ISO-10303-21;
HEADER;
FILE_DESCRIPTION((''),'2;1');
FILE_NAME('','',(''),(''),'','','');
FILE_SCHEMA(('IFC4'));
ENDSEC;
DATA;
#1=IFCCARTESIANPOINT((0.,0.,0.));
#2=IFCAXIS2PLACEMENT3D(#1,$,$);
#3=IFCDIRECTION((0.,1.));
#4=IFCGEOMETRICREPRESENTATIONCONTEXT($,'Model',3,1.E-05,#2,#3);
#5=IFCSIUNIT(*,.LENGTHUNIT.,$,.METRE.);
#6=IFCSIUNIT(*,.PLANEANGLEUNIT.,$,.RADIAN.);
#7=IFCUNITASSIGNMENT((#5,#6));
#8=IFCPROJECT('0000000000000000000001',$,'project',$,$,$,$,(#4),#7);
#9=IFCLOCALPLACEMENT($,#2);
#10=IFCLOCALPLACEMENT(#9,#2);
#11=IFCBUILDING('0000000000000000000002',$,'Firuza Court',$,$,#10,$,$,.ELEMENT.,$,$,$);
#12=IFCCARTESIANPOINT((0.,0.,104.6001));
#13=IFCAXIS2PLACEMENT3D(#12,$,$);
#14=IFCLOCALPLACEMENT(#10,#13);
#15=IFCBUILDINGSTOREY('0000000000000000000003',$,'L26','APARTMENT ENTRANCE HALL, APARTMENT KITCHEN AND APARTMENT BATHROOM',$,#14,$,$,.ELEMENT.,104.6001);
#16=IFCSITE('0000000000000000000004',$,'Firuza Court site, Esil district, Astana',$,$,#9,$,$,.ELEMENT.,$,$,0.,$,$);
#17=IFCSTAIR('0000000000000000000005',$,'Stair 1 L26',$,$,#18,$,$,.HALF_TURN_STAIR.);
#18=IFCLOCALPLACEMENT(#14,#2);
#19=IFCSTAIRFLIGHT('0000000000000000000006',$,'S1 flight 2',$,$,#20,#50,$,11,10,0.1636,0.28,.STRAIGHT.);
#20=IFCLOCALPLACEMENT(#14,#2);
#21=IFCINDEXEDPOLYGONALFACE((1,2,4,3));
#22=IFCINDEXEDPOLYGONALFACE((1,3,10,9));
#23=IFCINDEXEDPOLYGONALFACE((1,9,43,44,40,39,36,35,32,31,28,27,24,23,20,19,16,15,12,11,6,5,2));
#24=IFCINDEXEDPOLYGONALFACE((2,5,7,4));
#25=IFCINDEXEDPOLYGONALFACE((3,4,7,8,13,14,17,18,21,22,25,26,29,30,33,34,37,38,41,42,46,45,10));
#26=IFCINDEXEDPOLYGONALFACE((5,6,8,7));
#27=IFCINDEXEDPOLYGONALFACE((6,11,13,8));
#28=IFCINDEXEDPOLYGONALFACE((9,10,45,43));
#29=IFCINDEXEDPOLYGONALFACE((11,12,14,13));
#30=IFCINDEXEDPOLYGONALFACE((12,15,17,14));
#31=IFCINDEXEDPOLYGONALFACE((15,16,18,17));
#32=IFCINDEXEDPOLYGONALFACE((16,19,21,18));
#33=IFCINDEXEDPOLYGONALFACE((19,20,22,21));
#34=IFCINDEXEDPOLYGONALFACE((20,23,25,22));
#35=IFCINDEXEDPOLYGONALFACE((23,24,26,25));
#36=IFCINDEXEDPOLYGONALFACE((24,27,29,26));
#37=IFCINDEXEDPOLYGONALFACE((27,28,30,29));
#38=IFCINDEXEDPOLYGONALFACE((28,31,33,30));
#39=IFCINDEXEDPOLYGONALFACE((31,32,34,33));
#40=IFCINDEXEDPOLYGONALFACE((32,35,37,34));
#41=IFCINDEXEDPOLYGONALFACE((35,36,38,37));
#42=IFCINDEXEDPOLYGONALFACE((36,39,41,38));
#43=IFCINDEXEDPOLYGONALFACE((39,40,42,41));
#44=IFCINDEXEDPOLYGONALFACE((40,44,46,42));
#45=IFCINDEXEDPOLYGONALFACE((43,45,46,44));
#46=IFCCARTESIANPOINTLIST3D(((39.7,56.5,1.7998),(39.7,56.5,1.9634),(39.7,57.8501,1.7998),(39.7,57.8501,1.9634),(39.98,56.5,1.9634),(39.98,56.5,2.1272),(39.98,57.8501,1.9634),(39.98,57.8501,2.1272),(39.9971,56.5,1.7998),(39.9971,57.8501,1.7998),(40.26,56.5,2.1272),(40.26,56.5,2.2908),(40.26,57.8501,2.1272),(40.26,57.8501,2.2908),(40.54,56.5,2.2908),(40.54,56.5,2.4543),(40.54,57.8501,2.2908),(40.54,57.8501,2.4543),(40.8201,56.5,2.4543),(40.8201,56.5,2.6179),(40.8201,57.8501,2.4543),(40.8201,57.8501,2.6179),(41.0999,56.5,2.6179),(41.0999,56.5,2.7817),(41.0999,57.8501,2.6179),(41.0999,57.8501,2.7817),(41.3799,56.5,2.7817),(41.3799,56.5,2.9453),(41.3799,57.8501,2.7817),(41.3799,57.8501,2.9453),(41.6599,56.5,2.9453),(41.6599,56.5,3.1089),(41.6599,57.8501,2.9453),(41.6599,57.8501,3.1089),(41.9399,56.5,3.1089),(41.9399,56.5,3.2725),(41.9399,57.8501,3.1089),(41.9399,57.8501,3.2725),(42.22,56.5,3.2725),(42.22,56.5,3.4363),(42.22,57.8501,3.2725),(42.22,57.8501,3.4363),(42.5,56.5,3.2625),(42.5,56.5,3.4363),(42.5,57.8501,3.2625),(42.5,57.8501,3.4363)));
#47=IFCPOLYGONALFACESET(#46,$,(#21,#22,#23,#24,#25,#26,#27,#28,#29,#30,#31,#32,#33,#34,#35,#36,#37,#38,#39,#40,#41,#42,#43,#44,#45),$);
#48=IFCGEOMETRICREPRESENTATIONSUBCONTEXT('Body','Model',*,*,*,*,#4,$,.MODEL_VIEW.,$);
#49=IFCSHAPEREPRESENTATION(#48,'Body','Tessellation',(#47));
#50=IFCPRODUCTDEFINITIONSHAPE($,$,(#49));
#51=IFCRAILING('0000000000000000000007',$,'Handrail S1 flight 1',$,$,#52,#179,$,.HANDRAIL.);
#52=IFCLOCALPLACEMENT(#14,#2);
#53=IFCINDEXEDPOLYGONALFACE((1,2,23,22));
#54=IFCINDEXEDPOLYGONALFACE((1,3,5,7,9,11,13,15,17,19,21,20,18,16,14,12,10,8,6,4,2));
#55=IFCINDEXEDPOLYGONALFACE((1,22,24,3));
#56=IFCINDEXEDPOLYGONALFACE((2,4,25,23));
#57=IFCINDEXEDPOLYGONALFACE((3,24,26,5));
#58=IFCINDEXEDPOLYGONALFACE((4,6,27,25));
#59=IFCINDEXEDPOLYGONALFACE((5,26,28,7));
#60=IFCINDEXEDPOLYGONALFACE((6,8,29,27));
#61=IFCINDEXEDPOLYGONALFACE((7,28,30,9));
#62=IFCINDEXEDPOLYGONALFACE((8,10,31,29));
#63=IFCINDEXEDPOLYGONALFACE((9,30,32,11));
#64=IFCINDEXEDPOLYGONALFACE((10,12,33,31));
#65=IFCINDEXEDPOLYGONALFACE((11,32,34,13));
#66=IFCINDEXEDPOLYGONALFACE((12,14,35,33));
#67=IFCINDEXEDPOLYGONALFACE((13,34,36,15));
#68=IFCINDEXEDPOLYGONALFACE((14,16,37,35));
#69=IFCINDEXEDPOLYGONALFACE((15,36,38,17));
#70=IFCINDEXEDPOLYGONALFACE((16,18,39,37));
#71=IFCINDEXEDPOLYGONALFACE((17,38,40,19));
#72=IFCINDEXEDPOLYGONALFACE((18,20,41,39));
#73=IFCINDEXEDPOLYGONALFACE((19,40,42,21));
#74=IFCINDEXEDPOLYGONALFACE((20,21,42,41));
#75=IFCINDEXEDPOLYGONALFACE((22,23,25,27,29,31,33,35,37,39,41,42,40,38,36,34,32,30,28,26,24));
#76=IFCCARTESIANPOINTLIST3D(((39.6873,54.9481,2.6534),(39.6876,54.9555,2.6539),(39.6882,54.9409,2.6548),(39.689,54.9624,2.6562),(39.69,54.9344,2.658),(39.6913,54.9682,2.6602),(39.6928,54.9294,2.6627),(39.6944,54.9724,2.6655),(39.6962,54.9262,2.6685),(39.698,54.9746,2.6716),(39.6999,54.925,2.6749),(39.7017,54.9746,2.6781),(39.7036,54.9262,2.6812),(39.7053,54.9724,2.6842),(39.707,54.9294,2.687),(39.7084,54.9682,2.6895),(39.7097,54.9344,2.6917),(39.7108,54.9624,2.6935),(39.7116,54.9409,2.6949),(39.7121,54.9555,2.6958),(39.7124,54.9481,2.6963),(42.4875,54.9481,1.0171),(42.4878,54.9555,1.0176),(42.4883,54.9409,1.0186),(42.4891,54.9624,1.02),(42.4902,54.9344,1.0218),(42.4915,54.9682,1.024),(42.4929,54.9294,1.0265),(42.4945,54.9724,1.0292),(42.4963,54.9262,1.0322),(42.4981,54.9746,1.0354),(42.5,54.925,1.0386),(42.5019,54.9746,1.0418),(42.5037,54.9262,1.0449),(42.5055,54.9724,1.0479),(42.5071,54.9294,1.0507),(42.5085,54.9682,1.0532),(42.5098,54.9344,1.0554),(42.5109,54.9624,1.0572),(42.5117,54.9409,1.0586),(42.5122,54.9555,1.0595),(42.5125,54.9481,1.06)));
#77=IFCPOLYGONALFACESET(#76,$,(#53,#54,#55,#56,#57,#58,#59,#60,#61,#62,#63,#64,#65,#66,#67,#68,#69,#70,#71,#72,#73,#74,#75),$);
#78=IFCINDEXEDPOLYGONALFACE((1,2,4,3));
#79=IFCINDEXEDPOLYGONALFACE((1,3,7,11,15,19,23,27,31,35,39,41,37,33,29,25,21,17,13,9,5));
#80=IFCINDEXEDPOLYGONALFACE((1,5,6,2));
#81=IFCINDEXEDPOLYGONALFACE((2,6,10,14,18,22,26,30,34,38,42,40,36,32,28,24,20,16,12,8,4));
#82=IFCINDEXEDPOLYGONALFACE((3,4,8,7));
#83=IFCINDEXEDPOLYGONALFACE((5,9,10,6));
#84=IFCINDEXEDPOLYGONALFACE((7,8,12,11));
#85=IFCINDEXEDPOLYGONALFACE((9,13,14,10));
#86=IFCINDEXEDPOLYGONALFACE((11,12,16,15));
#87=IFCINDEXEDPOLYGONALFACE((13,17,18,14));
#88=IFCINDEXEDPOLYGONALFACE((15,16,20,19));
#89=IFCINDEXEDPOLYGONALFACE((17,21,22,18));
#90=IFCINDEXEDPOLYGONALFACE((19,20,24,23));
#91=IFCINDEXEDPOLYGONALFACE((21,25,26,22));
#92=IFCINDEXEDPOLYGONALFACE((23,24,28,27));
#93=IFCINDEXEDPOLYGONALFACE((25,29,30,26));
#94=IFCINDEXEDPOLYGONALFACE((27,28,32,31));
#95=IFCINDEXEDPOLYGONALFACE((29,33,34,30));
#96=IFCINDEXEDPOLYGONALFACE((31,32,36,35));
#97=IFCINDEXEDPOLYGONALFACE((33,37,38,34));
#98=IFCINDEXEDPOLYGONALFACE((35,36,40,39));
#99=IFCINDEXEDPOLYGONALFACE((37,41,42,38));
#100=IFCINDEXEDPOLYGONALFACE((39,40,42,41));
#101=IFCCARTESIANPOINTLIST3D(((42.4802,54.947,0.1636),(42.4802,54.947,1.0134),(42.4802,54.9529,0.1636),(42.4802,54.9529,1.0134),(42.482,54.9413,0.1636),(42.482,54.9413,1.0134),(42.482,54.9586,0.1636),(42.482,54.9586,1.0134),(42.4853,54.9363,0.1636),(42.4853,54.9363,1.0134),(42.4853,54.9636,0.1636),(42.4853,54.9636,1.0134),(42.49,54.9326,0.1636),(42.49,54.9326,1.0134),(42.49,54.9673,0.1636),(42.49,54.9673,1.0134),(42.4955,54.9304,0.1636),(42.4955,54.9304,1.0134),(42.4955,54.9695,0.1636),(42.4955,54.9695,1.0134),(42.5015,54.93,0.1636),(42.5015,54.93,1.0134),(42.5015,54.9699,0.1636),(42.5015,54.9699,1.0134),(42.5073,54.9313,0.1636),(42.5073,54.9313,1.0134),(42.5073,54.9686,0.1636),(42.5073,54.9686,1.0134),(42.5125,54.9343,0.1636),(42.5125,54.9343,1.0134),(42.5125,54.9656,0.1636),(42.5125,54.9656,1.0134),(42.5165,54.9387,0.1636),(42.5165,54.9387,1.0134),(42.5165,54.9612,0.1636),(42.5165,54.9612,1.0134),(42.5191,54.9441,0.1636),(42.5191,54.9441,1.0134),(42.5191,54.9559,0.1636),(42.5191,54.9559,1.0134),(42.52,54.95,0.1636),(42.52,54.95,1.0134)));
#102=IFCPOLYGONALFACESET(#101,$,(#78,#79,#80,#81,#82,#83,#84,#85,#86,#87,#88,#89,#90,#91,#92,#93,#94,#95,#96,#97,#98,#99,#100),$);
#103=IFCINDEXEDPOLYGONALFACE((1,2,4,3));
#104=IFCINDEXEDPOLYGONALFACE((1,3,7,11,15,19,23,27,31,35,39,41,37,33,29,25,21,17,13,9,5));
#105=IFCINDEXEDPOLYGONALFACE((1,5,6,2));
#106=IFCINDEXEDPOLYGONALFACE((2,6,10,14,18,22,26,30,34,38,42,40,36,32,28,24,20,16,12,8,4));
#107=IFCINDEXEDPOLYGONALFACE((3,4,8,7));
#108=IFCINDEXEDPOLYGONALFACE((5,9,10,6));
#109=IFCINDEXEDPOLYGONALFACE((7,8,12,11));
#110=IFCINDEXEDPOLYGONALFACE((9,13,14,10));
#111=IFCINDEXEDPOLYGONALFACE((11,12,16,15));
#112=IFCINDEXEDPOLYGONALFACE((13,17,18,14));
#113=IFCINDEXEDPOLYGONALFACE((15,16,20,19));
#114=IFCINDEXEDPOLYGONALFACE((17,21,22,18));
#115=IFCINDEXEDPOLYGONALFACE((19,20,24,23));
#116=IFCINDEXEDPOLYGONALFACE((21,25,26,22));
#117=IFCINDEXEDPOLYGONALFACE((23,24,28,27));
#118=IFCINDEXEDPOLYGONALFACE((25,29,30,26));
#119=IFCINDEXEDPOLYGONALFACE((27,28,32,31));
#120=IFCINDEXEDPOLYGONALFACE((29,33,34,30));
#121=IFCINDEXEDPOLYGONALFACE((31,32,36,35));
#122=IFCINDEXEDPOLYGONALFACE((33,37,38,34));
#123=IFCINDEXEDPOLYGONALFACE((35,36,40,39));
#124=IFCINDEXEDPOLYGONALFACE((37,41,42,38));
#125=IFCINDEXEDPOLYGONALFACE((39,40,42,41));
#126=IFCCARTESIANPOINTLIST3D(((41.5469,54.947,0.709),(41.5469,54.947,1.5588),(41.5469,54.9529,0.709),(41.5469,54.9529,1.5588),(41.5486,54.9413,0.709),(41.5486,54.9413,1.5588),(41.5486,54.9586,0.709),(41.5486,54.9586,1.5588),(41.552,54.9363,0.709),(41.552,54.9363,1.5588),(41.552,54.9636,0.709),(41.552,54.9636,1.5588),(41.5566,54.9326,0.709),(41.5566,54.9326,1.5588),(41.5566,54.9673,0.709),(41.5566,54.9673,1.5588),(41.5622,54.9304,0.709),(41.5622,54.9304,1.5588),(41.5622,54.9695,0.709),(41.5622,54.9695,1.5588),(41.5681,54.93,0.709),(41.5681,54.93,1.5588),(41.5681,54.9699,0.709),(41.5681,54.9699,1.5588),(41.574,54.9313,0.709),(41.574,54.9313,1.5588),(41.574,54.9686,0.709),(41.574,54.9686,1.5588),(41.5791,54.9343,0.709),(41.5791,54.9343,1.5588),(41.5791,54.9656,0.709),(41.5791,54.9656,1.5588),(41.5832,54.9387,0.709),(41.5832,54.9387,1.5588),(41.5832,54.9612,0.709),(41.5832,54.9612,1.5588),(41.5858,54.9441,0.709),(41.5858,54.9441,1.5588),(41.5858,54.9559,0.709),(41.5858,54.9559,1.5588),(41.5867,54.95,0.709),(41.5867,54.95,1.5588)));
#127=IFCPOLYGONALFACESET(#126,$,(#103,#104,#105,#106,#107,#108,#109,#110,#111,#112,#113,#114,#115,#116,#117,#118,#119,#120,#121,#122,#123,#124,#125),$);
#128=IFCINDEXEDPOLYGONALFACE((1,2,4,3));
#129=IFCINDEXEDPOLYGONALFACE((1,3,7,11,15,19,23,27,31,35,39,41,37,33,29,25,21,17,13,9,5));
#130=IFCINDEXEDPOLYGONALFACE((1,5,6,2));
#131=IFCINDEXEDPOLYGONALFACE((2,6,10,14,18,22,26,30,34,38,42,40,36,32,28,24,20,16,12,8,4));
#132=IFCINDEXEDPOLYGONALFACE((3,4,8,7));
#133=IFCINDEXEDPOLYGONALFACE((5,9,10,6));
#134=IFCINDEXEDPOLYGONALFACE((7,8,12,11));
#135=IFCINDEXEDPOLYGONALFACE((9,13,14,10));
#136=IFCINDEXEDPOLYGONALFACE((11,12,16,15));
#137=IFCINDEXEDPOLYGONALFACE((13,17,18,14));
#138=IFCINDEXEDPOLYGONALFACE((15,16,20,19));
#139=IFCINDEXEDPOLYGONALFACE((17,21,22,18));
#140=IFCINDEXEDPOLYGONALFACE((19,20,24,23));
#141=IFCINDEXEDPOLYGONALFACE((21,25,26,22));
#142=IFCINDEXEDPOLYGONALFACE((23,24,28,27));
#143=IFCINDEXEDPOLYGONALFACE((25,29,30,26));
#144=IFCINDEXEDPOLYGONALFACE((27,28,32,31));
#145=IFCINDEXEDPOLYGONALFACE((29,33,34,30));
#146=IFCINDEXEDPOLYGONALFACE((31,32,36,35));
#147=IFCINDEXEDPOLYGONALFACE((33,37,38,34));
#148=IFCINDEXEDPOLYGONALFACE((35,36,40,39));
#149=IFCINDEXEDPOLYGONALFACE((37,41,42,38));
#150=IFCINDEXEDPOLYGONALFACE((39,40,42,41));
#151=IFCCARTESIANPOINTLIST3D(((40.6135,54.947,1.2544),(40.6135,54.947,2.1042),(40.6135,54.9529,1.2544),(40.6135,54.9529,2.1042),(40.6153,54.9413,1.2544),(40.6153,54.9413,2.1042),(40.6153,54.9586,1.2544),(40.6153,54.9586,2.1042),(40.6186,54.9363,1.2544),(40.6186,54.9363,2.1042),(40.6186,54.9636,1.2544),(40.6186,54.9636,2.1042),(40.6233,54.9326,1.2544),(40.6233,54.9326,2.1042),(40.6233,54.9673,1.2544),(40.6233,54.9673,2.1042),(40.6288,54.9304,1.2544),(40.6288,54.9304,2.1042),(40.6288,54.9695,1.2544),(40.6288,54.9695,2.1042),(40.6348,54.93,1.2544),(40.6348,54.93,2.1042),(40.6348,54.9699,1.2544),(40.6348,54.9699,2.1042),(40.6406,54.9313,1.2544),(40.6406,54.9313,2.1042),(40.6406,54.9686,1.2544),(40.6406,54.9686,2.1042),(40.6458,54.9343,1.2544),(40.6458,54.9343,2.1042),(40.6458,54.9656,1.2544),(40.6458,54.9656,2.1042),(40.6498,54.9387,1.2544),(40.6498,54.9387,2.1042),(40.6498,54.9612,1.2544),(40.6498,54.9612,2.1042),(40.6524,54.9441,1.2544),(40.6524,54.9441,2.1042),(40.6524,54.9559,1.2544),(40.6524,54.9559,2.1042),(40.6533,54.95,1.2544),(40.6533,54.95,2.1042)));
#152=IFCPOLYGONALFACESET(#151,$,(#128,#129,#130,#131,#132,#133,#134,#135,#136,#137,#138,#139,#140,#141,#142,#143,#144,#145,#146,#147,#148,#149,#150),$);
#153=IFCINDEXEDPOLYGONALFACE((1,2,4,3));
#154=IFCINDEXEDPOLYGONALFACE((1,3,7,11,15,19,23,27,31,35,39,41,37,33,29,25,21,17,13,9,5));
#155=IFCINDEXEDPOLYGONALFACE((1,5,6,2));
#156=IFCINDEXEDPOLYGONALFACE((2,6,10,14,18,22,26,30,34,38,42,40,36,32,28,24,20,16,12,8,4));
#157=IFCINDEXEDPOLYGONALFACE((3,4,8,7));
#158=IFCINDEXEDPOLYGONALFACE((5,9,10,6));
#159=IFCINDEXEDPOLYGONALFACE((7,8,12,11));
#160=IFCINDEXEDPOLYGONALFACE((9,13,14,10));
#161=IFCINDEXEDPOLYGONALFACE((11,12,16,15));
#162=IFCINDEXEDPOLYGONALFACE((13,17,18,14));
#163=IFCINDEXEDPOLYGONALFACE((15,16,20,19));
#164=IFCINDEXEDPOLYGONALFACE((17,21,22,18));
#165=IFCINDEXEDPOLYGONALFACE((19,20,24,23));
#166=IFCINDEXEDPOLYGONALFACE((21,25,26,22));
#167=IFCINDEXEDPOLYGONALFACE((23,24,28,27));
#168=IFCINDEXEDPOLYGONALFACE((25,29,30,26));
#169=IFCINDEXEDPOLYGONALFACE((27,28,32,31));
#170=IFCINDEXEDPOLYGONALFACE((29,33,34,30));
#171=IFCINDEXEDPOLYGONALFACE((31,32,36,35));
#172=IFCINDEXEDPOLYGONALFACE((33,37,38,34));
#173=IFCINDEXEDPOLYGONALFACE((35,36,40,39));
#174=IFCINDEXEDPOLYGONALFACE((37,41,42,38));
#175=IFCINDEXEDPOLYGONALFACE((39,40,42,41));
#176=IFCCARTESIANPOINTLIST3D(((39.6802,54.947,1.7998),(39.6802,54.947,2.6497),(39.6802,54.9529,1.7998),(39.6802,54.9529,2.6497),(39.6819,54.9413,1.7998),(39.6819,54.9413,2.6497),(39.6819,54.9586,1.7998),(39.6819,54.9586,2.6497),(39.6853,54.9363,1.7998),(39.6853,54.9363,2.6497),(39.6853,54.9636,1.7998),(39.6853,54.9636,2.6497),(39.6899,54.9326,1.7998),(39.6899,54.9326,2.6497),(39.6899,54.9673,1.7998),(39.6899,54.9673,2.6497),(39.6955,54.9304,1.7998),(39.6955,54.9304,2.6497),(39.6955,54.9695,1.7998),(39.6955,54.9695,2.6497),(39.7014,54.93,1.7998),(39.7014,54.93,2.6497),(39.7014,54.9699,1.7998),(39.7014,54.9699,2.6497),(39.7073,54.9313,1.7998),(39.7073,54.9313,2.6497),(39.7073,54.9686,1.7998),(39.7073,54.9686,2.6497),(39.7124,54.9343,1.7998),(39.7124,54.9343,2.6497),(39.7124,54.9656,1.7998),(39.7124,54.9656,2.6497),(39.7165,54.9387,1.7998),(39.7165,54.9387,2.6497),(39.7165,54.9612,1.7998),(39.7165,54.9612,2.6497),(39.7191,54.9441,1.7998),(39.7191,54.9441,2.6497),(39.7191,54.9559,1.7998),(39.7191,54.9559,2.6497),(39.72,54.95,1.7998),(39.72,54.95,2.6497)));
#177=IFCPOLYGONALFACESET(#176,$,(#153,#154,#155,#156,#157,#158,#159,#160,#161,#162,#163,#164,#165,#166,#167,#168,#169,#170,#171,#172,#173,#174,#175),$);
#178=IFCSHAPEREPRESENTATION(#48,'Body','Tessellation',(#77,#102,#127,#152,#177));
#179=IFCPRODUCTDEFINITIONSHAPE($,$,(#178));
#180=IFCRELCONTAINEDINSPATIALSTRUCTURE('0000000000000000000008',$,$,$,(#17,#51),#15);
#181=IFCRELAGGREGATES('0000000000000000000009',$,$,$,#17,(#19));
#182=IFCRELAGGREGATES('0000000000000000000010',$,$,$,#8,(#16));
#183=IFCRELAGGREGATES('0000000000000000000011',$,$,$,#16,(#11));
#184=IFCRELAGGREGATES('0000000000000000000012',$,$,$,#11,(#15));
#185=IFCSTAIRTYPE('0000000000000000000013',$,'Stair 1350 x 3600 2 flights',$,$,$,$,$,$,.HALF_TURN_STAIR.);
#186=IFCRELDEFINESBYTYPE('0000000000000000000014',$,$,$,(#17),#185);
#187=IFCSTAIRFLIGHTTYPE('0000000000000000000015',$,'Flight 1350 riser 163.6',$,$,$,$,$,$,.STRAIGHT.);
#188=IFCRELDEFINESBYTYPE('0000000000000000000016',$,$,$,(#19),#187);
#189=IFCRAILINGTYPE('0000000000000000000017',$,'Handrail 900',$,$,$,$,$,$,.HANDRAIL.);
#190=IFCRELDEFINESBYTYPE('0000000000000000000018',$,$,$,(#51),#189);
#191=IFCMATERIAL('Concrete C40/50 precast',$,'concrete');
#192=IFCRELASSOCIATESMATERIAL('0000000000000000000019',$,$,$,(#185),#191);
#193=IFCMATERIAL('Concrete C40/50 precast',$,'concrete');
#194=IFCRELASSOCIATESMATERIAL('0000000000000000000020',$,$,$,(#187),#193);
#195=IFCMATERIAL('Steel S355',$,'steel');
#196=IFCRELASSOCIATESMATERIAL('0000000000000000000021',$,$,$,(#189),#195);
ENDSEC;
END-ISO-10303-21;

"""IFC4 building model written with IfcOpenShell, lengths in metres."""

from ifc_helpers import new_model, si_unit, direction, frame, origin, origin_2d, place, context, subcontext, project, spatial, polyline, circle, outline, extrude, material, type_object, element, aggregate, save


model = new_model("IFC4")

# Units and contexts
model_context = context("Model", 3, precision=1e-05, world=origin(), true_north=direction((0.0, 1.0)))
body_context = subcontext(model_context, "Body", "Model", "MODEL_VIEW")
ifc_project = project(units=[si_unit("LENGTHUNIT", "METRE"), si_unit("PLANEANGLEUNIT", "RADIAN")], contexts=[model_context])

# Site, building, storey
site_placement = place(None, origin())
site = spatial("IfcSite", under=ifc_project, at=site_placement, Name="Firuza Court site, Esil district, Astana", CompositionType="ELEMENT", RefElevation=0.0)
building_placement = place(site_placement, origin())
building = spatial("IfcBuilding", under=site, at=building_placement, Name="Firuza Court", CompositionType="ELEMENT")
storey_placement = place(building_placement, frame((0.0, 0.0, 104.6001)))
storey = spatial("IfcBuildingStorey", under=building, at=storey_placement, Name="L26", Description="APARTMENT ENTRANCE HALL, APARTMENT KITCHEN AND APARTMENT BATHROOM", CompositionType="ELEMENT", Elevation=104.6001)

# Stair, stair flight
ifc_material_1 = material(Name="Concrete C40/50 precast", Category="concrete")
stair_type = type_object("IfcStairType", Name="Stair 1350 x 3600 2 flights", PredefinedType="HALF_TURN_STAIR", material=ifc_material_1)
stair_placement = place(storey_placement, origin())
stair = element("IfcStair", 1, at=stair_placement, inside=storey, type_object=stair_type, Name="Stair 1 L26", PredefinedType="HALF_TURN_STAIR")
ifc_material_2 = material(Name="Concrete C40/50 precast", Category="concrete")
stair_flight_type = type_object("IfcStairFlightType", Name="Flight 1350 riser 163.6", PredefinedType="STRAIGHT", material=ifc_material_2)
stair_flight_1_placement = place(storey_placement, frame((39.7, 57.175, 1.7998), z_axis=(0.0, 0.0, 1.0), x_axis=(1.0, 0.0, 0.0)))
stair_flight_1 = element("IfcStairFlight", 2, at=stair_flight_1_placement, type_object=stair_flight_type, Name="S1 flight 2", NumberOfRisers=11, NumberOfTreads=10, PredefinedType="STRAIGHT", RiserHeight=0.1636, TreadLength=0.28, context=body_context, shape_type="SweptSolid", body=[
    extrude(outline(polyline([(0.0, 0.0), (0.0, 0.1636), (0.28, 0.1636), (0.28, 0.3274), (0.5601, 0.3274), (0.5601, 0.491), (0.8401, 0.491), (0.8401, 0.6545), (1.1201, 0.6545), (1.1201, 0.8181), (1.3999, 0.8181), (1.3999, 0.9819), (1.6799, 0.9819), (1.6799, 1.1455), (1.96, 1.1455), (1.96, 1.3091), (2.24, 1.3091), (2.24, 1.4727), (2.52, 1.4727), (2.52, 1.6365), (2.8, 1.6365), (2.8, 1.8), (2.8, 1.4626), (0.2971, 0.0), (0.0, 0.0)])), frame((0.0, 0.675, 0.0), z_axis=(0.0, -1.0, 0.0), x_axis=(1.0, 0.0, 0.0)), (0.0, 0.0, 1.0), 1.3501),
])
aggregate(stair, [stair_flight_1])

# Railing
ifc_material_3 = material(Name="Steel S355", Category="steel")
railing_type_1 = type_object("IfcRailingType", Name="Handrail 900", PredefinedType="HANDRAIL", material=ifc_material_3)
railing_1_placement = place(storey_placement, frame((42.5, 54.95, 0.1636)))
element("IfcRailing", 3, at=railing_1_placement, inside=storey, type_object=railing_type_1, Name="Handrail S1 flight 1", PredefinedType="HANDRAIL", context=body_context, shape_type="SweptSolid", body=[
    extrude(circle(Radius=0.0249, at=origin_2d()), frame((0.0, 0.0, 0.875), z_axis=(-0.863394, 0.0, 0.504531), x_axis=(0.0, -1.0, 0.0)), (0.0, 0.0, 1.0), 3.2432),
    extrude(circle(Radius=0.02, at=origin_2d()), origin(), (0.0, 0.0, 1.0), 0.8499),
    extrude(circle(Radius=0.02, at=origin_2d()), frame((-0.9333, 0.0, 0.5454)), (0.0, 0.0, 1.0), 0.8499),
    extrude(circle(Radius=0.02, at=origin_2d()), frame((-1.8667, 0.0, 1.0908)), (0.0, 0.0, 1.0), 0.8499),
    extrude(circle(Radius=0.02, at=origin_2d()), frame((-2.8, 0.0, 1.6362)), (0.0, 0.0, 1.0), 0.8499),
])

save(model, "model.ifc")
